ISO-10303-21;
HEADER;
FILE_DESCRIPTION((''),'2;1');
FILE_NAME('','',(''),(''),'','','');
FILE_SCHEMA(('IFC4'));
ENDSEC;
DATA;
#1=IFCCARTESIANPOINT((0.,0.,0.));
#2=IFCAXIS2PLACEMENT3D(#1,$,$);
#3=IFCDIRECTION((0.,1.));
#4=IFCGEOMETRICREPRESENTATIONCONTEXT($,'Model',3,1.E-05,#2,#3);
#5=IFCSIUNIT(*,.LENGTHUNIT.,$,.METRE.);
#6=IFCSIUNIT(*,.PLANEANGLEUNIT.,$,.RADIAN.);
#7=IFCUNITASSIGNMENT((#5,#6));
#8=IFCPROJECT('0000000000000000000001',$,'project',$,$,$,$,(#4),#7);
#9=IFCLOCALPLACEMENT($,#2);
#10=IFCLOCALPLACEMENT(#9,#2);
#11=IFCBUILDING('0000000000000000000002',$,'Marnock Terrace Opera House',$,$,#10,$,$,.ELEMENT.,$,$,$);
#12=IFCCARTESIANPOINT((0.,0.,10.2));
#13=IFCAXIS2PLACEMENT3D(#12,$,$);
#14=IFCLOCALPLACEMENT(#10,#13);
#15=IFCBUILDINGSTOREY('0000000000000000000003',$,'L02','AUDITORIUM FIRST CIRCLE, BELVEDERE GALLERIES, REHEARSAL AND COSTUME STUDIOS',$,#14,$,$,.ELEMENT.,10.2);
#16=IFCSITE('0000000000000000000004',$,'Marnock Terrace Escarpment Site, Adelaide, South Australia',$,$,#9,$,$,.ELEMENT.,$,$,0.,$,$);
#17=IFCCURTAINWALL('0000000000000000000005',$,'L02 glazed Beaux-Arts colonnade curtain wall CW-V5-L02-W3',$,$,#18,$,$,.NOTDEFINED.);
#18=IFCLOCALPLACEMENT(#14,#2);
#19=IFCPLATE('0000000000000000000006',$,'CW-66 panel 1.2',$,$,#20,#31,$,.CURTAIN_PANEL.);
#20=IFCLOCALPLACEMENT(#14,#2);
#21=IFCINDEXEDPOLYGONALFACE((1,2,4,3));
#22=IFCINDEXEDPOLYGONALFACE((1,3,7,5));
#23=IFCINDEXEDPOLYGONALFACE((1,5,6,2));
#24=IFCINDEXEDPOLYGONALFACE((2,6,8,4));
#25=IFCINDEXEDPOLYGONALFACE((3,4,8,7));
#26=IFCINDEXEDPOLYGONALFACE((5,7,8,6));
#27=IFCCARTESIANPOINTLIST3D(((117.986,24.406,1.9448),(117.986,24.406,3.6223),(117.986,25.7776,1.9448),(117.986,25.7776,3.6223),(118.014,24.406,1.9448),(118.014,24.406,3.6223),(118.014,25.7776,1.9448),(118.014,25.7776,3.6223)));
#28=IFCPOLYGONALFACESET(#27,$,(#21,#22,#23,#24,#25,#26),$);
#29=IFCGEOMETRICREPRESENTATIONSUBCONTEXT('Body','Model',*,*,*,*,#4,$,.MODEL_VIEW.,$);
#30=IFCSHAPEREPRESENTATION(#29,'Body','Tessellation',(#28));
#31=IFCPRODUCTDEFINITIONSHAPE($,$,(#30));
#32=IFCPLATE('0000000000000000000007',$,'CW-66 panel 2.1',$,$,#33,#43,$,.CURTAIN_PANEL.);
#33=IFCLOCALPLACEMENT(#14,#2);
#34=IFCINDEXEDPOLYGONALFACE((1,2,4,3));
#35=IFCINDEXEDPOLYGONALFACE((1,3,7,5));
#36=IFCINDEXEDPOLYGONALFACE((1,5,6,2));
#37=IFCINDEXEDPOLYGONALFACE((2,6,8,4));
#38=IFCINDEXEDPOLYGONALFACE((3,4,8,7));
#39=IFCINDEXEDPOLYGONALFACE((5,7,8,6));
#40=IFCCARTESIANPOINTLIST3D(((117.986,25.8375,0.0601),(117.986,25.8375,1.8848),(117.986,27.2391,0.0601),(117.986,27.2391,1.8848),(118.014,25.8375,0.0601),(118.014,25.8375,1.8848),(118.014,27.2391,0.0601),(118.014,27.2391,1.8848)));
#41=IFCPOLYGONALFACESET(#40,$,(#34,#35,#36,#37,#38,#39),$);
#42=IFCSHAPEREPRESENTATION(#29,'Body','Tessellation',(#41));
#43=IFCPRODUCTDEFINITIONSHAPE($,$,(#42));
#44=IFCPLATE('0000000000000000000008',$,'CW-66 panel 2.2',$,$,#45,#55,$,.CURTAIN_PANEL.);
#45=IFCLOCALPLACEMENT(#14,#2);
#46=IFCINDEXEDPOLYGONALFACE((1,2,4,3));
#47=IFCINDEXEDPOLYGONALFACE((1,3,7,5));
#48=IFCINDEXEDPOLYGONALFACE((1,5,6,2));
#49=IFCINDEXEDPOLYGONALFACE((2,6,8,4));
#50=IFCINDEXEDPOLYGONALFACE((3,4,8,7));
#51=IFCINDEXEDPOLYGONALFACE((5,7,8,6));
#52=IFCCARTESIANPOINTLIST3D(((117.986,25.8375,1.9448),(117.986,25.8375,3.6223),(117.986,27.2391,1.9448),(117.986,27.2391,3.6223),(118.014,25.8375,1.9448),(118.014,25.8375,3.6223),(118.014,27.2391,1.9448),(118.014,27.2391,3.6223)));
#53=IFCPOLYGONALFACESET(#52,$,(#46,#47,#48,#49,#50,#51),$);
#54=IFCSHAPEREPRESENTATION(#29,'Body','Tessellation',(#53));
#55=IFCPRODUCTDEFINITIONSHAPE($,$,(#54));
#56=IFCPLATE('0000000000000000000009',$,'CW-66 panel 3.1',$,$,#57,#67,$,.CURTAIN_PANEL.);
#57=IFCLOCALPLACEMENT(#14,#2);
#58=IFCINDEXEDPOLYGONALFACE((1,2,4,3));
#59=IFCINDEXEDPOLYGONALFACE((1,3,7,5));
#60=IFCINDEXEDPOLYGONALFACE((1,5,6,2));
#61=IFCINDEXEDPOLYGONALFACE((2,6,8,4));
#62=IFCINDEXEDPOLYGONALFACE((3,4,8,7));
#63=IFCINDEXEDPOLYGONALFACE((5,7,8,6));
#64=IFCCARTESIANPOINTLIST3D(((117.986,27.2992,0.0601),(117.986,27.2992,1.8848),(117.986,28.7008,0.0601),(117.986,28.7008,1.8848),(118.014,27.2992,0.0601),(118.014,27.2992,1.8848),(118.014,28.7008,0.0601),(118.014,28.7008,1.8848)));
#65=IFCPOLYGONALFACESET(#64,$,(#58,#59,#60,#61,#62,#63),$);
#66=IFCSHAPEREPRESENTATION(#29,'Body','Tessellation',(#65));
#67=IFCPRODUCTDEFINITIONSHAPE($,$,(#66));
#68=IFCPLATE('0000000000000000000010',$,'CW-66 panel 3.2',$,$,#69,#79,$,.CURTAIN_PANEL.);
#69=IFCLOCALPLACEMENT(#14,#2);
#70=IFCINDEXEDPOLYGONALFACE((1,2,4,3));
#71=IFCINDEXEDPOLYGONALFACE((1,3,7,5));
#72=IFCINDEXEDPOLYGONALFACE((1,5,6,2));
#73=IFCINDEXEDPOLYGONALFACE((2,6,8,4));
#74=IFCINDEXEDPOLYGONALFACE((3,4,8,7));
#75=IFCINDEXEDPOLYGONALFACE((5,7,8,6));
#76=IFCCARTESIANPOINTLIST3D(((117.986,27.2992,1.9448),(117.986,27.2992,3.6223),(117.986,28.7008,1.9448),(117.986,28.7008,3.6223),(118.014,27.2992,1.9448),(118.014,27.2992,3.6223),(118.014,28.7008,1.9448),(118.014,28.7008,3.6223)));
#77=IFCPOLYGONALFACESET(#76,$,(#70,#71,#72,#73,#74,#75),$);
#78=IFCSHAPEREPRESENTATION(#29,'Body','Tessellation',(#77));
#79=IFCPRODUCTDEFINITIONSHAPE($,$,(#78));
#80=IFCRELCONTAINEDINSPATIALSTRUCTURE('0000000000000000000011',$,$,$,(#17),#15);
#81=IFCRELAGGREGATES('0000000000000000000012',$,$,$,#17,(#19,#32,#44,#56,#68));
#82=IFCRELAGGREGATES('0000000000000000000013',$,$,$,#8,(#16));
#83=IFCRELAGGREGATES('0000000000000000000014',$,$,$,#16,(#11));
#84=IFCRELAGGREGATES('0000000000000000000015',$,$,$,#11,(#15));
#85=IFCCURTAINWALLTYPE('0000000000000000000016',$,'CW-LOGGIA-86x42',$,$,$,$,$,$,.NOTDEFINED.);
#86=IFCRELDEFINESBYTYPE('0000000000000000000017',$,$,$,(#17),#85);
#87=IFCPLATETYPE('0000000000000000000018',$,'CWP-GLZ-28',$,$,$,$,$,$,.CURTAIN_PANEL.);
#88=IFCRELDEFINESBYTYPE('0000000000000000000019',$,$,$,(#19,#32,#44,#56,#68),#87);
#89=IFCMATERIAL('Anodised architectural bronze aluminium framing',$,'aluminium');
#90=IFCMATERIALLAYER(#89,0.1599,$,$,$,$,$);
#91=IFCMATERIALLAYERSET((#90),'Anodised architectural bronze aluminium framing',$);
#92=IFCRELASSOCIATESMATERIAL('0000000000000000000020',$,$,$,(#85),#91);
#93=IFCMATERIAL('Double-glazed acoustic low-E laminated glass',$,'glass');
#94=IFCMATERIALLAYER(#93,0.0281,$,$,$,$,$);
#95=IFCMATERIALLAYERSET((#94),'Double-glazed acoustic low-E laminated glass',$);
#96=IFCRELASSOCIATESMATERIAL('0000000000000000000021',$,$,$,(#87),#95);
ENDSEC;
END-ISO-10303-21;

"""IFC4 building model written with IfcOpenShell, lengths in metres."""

from ifc_helpers import new_model, si_unit, direction, frame, origin, origin_2d, place, context, subcontext, project, spatial, rectangle, extrude, material, layer, layer_set, type_object, element, aggregate, save


model = new_model("IFC4")

# Units and contexts
model_context = context("Model", 3, precision=1e-05, world=origin(), true_north=direction((0.0, 1.0)))
body_context = subcontext(model_context, "Body", "Model", "MODEL_VIEW")
ifc_project = project(units=[si_unit("LENGTHUNIT", "METRE"), si_unit("PLANEANGLEUNIT", "RADIAN")], contexts=[model_context])

# Site, building, storey
site_placement = place(None, origin())
site = spatial("IfcSite", under=ifc_project, at=site_placement, Name="Marnock Terrace Escarpment Site, Adelaide, South Australia", CompositionType="ELEMENT", RefElevation=0.0)
building_placement = place(site_placement, origin())
building = spatial("IfcBuilding", under=site, at=building_placement, Name="Marnock Terrace Opera House", CompositionType="ELEMENT")
storey_placement = place(building_placement, frame((0.0, 0.0, 10.2)))
storey = spatial("IfcBuildingStorey", under=building, at=storey_placement, Name="L02", Description="AUDITORIUM FIRST CIRCLE, BELVEDERE GALLERIES, REHEARSAL AND COSTUME STUDIOS", CompositionType="ELEMENT", Elevation=10.2)

# Curtain wall
ifc_material_1 = material(Name="Anodised architectural bronze aluminium framing", Category="aluminium")
ifc_layer_1 = layer(ifc_material_1, 0.1599)
ifc_layer_set_1 = layer_set([ifc_layer_1], Name="Anodised architectural bronze aluminium framing")
curtain_wall_type_1 = type_object("IfcCurtainWallType", Name="CW-LOGGIA-86x42", PredefinedType="NOTDEFINED", material=ifc_layer_set_1)
curtain_wall_1_placement = place(storey_placement, origin())
curtain_wall_1 = element("IfcCurtainWall", 1, at=curtain_wall_1_placement, inside=storey, type_object=curtain_wall_type_1, Name="L02 glazed Beaux-Arts colonnade curtain wall CW-V5-L02-W3", PredefinedType="NOTDEFINED")

# Plates
ifc_material_2 = material(Name="Double-glazed acoustic low-E laminated glass", Category="glass")
ifc_layer_2 = layer(ifc_material_2, 0.0281)
ifc_layer_set_2 = layer_set([ifc_layer_2], Name="Double-glazed acoustic low-E laminated glass")
plate_type = type_object("IfcPlateType", Name="CWP-GLZ-28", PredefinedType="CURTAIN_PANEL", material=ifc_layer_set_2)
plate_1_placement = place(storey_placement, frame((118.0, 25.0918, 1.9448), z_axis=(0.0, 0.0, 1.0), x_axis=(0.0, 1.0, 0.0)))
plate_1 = element("IfcPlate", 2, at=plate_1_placement, type_object=plate_type, Name="CW-66 panel 1.2", PredefinedType="CURTAIN_PANEL", context=body_context, shape_type="SweptSolid", body=[
    extrude(rectangle(XDim=1.3716, YDim=0.0281, at=origin_2d()), origin(), (0.0, 0.0, 1.0), 1.6775),
])
plate_2_placement = place(storey_placement, frame((118.0, 26.5383, 0.0601), z_axis=(0.0, 0.0, 1.0), x_axis=(0.0, 1.0, 0.0)))
plate_2 = element("IfcPlate", 3, at=plate_2_placement, type_object=plate_type, Name="CW-66 panel 2.1", PredefinedType="CURTAIN_PANEL", context=body_context, shape_type="SweptSolid", body=[
    extrude(rectangle(XDim=1.4016, YDim=0.0281, at=origin_2d()), origin(), (0.0, 0.0, 1.0), 1.8247),
])
plate_3_placement = place(storey_placement, frame((118.0, 26.5383, 1.9448), z_axis=(0.0, 0.0, 1.0), x_axis=(0.0, 1.0, 0.0)))
plate_3 = element("IfcPlate", 4, at=plate_3_placement, type_object=plate_type, Name="CW-66 panel 2.2", PredefinedType="CURTAIN_PANEL", context=body_context, shape_type="SweptSolid", body=[
    extrude(rectangle(XDim=1.4016, YDim=0.0281, at=origin_2d()), origin(), (0.0, 0.0, 1.0), 1.6775),
])
plate_4_placement = place(storey_placement, frame((118.0, 28.0, 0.0601), z_axis=(0.0, 0.0, 1.0), x_axis=(0.0, 1.0, 0.0)))
plate_4 = element("IfcPlate", 5, at=plate_4_placement, type_object=plate_type, Name="CW-66 panel 3.1", PredefinedType="CURTAIN_PANEL", context=body_context, shape_type="SweptSolid", body=[
    extrude(rectangle(XDim=1.4016, YDim=0.0281, at=origin_2d()), origin(), (0.0, 0.0, 1.0), 1.8247),
])
plate_5_placement = place(storey_placement, frame((118.0, 28.0, 1.9448), z_axis=(0.0, 0.0, 1.0), x_axis=(0.0, 1.0, 0.0)))
plate_5 = element("IfcPlate", 6, at=plate_5_placement, type_object=plate_type, Name="CW-66 panel 3.2", PredefinedType="CURTAIN_PANEL", context=body_context, shape_type="SweptSolid", body=[
    extrude(rectangle(XDim=1.4016, YDim=0.0281, at=origin_2d()), origin(), (0.0, 0.0, 1.0), 1.6775),
])
aggregate(curtain_wall_1, [plate_1, plate_2, plate_3, plate_4, plate_5])

save(model, "model.ifc")
